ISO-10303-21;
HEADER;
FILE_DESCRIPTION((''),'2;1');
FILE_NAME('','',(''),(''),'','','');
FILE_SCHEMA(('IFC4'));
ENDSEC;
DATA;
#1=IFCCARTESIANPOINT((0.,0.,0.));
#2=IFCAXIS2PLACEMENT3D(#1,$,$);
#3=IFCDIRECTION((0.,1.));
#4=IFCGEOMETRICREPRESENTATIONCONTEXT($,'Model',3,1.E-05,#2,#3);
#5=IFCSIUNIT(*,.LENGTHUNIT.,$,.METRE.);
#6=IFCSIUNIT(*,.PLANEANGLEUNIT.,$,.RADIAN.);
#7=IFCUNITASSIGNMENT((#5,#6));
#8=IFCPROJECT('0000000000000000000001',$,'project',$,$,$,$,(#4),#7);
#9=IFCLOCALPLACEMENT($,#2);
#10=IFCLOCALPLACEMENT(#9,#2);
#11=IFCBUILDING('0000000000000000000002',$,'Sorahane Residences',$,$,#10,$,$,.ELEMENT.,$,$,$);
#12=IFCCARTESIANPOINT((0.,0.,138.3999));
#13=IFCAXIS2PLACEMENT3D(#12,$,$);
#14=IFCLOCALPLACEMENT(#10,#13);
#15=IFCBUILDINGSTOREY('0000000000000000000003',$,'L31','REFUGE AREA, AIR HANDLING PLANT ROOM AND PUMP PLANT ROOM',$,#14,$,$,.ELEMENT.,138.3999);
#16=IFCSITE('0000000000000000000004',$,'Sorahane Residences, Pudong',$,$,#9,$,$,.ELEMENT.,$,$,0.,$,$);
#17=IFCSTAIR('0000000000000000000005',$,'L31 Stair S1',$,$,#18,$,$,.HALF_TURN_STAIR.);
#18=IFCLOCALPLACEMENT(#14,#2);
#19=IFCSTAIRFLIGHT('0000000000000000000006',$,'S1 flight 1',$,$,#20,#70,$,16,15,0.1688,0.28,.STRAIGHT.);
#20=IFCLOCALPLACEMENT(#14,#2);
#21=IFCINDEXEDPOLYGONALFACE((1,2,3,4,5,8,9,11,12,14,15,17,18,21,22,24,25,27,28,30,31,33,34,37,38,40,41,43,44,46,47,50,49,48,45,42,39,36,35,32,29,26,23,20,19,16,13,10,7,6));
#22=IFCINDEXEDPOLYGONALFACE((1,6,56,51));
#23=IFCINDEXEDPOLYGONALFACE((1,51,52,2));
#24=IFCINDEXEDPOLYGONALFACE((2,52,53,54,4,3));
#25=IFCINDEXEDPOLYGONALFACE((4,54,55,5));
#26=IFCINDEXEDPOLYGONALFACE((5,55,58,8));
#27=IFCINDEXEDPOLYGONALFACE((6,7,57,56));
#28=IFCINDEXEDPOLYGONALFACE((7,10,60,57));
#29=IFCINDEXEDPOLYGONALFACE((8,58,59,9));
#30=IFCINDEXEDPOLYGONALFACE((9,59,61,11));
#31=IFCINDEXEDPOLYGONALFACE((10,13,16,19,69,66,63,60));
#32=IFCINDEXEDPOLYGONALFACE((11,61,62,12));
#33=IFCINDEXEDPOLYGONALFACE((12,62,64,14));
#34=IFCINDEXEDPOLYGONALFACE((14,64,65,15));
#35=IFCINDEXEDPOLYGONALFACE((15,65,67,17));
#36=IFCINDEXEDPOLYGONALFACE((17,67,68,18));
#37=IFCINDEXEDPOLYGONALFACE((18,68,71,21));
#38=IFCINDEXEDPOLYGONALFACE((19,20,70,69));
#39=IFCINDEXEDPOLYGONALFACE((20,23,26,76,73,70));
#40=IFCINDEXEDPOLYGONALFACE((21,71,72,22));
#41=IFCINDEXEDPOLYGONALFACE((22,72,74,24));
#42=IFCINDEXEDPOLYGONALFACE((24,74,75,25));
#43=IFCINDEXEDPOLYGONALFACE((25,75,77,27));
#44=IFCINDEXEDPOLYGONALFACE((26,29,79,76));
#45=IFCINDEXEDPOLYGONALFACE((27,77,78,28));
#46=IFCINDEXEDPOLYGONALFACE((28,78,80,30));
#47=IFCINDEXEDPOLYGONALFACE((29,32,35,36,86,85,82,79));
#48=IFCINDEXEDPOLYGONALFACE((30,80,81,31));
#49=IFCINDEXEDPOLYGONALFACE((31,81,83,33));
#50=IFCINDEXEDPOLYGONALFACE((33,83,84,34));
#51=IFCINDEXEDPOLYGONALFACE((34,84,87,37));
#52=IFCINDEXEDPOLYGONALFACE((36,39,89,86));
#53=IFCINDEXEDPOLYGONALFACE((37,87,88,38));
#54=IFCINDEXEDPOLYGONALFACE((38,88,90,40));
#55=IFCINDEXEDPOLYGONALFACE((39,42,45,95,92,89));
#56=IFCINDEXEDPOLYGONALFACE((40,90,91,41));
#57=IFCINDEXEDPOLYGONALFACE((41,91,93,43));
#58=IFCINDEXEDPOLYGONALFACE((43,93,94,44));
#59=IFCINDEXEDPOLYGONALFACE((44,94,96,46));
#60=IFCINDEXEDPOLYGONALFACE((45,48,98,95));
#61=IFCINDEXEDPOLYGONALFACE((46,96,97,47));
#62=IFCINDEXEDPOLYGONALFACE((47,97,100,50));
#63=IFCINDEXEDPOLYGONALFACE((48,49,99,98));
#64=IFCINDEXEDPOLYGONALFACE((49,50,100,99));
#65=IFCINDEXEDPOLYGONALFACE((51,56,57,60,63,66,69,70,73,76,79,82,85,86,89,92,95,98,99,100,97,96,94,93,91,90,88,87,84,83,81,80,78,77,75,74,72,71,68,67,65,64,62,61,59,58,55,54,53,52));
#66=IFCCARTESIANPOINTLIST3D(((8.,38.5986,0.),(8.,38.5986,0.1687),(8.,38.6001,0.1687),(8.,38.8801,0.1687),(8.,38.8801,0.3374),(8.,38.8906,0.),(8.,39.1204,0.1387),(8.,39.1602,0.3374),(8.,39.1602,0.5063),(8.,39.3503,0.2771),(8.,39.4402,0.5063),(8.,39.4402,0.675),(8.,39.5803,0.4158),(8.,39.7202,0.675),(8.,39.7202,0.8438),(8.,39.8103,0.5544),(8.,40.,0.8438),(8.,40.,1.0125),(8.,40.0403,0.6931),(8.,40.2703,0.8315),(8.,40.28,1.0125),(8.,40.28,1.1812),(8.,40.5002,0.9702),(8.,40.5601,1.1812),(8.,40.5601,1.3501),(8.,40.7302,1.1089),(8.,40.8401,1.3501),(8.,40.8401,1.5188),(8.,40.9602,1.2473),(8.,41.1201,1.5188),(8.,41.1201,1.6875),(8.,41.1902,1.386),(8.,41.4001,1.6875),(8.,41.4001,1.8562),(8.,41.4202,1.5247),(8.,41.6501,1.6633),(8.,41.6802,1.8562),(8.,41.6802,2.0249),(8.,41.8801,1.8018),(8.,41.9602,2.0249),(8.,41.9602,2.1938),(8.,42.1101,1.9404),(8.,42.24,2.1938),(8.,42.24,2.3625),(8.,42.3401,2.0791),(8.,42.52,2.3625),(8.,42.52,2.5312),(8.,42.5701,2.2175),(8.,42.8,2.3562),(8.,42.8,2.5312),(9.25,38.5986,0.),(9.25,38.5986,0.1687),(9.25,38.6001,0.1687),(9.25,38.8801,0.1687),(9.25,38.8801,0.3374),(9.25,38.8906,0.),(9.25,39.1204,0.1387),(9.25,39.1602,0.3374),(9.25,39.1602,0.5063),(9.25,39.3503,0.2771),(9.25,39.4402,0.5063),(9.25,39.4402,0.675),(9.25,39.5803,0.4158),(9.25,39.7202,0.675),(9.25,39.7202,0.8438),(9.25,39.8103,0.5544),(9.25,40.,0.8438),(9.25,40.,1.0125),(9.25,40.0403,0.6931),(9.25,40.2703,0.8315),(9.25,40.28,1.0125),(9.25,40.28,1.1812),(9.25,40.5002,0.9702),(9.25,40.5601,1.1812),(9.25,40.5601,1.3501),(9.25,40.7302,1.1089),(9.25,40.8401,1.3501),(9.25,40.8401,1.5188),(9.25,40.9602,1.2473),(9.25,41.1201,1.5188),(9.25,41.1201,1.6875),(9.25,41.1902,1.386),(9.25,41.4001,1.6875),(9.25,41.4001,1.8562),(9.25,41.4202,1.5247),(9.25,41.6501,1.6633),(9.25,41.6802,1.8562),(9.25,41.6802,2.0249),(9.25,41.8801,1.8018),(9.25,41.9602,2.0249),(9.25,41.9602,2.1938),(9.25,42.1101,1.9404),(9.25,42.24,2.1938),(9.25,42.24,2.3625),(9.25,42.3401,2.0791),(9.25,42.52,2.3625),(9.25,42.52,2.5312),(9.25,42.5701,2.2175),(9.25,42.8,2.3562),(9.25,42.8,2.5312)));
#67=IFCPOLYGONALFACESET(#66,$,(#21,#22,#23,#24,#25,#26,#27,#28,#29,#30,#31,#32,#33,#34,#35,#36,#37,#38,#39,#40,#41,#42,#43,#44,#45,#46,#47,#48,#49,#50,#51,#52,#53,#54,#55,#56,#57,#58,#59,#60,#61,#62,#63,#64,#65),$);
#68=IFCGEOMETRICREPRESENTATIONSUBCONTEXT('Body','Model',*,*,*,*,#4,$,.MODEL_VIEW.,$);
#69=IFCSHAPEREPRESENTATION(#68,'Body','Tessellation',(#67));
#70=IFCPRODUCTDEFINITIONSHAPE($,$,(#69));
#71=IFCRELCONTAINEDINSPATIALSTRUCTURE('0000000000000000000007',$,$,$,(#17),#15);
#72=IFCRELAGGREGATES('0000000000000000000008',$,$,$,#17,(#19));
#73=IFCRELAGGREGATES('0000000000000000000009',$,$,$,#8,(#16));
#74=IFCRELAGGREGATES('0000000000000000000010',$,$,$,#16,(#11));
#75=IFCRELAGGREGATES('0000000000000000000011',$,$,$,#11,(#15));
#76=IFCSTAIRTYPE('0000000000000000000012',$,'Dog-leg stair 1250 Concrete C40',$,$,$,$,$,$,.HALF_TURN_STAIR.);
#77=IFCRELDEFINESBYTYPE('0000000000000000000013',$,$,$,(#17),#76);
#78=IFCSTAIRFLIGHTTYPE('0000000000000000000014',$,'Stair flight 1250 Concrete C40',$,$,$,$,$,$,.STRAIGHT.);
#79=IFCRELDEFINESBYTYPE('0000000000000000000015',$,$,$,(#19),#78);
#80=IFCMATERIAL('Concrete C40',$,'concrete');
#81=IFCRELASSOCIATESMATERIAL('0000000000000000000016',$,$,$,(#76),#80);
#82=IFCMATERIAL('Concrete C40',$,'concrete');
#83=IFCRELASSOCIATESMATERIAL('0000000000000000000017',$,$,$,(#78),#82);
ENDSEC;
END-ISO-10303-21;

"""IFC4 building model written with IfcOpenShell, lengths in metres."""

from ifc_helpers import new_model, si_unit, direction, frame, origin, place, context, subcontext, project, spatial, polyline, outline, extrude, material, type_object, element, aggregate, save


model = new_model("IFC4")

# Units and contexts
model_context = context("Model", 3, precision=1e-05, world=origin(), true_north=direction((0.0, 1.0)))
body_context = subcontext(model_context, "Body", "Model", "MODEL_VIEW")
ifc_project = project(units=[si_unit("LENGTHUNIT", "METRE"), si_unit("PLANEANGLEUNIT", "RADIAN")], contexts=[model_context])

# Site, building, storey
site_placement = place(None, origin())
site = spatial("IfcSite", under=ifc_project, at=site_placement, Name="Sorahane Residences, Pudong", CompositionType="ELEMENT", RefElevation=0.0)
building_placement = place(site_placement, origin())
building = spatial("IfcBuilding", under=site, at=building_placement, Name="Sorahane Residences", CompositionType="ELEMENT")
storey_placement = place(building_placement, frame((0.0, 0.0, 138.3999)))
storey = spatial("IfcBuildingStorey", under=building, at=storey_placement, Name="L31", Description="REFUGE AREA, AIR HANDLING PLANT ROOM AND PUMP PLANT ROOM", CompositionType="ELEMENT", Elevation=138.3999)

# Stair, stair flight
ifc_material_1 = material(Name="Concrete C40", Category="concrete")
stair_type = type_object("IfcStairType", Name="Dog-leg stair 1250 Concrete C40", PredefinedType="HALF_TURN_STAIR", material=ifc_material_1)
stair_placement = place(storey_placement, origin())
stair = element("IfcStair", 1, at=stair_placement, inside=storey, type_object=stair_type, Name="L31 Stair S1", PredefinedType="HALF_TURN_STAIR")
ifc_material_2 = material(Name="Concrete C40", Category="concrete")
stair_flight_type = type_object("IfcStairFlightType", Name="Stair flight 1250 Concrete C40", PredefinedType="STRAIGHT", material=ifc_material_2)
stair_flight_placement = place(storey_placement, frame((8.625, 38.6001, 0.0), z_axis=(0.0, 0.0, 1.0), x_axis=(0.0, 1.0, 0.0)))
stair_flight = element("IfcStairFlight", 2, at=stair_flight_placement, type_object=stair_flight_type, Name="S1 flight 1", NumberOfRisers=16, NumberOfTreads=15, PredefinedType="STRAIGHT", RiserHeight=0.1688, TreadLength=0.28, context=body_context, shape_type="SweptSolid", body=[
    extrude(outline(polyline([(-0.0015, 0.0), (-0.0015, 0.1687), (0.0, 0.1687), (0.28, 0.1687), (0.28, 0.3374), (0.5601, 0.3374), (0.5601, 0.5063), (0.8401, 0.5063), (0.8401, 0.675), (1.1201, 0.675), (1.1201, 0.8438), (1.3999, 0.8438), (1.3999, 1.0125), (1.6799, 1.0125), (1.6799, 1.1812), (1.96, 1.1812), (1.96, 1.3501), (2.24, 1.3501), (2.24, 1.5188), (2.52, 1.5188), (2.52, 1.6875), (2.8, 1.6875), (2.8, 1.8562), (3.0801, 1.8562), (3.0801, 2.0249), (3.3601, 2.0249), (3.3601, 2.1938), (3.6399, 2.1938), (3.6399, 2.3625), (3.9199, 2.3625), (3.9199, 2.5312), (4.2, 2.5312), (4.2, 2.7), (4.2, 2.3562), (3.97, 2.2175), (3.74, 2.0791), (3.51, 1.9404), (3.28, 1.8018), (3.05, 1.6633), (2.8201, 1.5247), (2.5901, 1.386), (2.3601, 1.2473), (2.1301, 1.1089), (1.9001, 0.9702), (1.6702, 0.8315), (1.4402, 0.6931), (1.2102, 0.5544), (0.9802, 0.4158), (0.7502, 0.2771), (0.5203, 0.1387), (0.2905, 0.0), (-0.0015, 0.0)])), frame((0.0, 0.625, 0.0), z_axis=(0.0, -1.0, 0.0), x_axis=(1.0, 0.0, 0.0)), (0.0, 0.0, 1.0), 1.25),
])
aggregate(stair, [stair_flight])

save(model, "model.ifc")
